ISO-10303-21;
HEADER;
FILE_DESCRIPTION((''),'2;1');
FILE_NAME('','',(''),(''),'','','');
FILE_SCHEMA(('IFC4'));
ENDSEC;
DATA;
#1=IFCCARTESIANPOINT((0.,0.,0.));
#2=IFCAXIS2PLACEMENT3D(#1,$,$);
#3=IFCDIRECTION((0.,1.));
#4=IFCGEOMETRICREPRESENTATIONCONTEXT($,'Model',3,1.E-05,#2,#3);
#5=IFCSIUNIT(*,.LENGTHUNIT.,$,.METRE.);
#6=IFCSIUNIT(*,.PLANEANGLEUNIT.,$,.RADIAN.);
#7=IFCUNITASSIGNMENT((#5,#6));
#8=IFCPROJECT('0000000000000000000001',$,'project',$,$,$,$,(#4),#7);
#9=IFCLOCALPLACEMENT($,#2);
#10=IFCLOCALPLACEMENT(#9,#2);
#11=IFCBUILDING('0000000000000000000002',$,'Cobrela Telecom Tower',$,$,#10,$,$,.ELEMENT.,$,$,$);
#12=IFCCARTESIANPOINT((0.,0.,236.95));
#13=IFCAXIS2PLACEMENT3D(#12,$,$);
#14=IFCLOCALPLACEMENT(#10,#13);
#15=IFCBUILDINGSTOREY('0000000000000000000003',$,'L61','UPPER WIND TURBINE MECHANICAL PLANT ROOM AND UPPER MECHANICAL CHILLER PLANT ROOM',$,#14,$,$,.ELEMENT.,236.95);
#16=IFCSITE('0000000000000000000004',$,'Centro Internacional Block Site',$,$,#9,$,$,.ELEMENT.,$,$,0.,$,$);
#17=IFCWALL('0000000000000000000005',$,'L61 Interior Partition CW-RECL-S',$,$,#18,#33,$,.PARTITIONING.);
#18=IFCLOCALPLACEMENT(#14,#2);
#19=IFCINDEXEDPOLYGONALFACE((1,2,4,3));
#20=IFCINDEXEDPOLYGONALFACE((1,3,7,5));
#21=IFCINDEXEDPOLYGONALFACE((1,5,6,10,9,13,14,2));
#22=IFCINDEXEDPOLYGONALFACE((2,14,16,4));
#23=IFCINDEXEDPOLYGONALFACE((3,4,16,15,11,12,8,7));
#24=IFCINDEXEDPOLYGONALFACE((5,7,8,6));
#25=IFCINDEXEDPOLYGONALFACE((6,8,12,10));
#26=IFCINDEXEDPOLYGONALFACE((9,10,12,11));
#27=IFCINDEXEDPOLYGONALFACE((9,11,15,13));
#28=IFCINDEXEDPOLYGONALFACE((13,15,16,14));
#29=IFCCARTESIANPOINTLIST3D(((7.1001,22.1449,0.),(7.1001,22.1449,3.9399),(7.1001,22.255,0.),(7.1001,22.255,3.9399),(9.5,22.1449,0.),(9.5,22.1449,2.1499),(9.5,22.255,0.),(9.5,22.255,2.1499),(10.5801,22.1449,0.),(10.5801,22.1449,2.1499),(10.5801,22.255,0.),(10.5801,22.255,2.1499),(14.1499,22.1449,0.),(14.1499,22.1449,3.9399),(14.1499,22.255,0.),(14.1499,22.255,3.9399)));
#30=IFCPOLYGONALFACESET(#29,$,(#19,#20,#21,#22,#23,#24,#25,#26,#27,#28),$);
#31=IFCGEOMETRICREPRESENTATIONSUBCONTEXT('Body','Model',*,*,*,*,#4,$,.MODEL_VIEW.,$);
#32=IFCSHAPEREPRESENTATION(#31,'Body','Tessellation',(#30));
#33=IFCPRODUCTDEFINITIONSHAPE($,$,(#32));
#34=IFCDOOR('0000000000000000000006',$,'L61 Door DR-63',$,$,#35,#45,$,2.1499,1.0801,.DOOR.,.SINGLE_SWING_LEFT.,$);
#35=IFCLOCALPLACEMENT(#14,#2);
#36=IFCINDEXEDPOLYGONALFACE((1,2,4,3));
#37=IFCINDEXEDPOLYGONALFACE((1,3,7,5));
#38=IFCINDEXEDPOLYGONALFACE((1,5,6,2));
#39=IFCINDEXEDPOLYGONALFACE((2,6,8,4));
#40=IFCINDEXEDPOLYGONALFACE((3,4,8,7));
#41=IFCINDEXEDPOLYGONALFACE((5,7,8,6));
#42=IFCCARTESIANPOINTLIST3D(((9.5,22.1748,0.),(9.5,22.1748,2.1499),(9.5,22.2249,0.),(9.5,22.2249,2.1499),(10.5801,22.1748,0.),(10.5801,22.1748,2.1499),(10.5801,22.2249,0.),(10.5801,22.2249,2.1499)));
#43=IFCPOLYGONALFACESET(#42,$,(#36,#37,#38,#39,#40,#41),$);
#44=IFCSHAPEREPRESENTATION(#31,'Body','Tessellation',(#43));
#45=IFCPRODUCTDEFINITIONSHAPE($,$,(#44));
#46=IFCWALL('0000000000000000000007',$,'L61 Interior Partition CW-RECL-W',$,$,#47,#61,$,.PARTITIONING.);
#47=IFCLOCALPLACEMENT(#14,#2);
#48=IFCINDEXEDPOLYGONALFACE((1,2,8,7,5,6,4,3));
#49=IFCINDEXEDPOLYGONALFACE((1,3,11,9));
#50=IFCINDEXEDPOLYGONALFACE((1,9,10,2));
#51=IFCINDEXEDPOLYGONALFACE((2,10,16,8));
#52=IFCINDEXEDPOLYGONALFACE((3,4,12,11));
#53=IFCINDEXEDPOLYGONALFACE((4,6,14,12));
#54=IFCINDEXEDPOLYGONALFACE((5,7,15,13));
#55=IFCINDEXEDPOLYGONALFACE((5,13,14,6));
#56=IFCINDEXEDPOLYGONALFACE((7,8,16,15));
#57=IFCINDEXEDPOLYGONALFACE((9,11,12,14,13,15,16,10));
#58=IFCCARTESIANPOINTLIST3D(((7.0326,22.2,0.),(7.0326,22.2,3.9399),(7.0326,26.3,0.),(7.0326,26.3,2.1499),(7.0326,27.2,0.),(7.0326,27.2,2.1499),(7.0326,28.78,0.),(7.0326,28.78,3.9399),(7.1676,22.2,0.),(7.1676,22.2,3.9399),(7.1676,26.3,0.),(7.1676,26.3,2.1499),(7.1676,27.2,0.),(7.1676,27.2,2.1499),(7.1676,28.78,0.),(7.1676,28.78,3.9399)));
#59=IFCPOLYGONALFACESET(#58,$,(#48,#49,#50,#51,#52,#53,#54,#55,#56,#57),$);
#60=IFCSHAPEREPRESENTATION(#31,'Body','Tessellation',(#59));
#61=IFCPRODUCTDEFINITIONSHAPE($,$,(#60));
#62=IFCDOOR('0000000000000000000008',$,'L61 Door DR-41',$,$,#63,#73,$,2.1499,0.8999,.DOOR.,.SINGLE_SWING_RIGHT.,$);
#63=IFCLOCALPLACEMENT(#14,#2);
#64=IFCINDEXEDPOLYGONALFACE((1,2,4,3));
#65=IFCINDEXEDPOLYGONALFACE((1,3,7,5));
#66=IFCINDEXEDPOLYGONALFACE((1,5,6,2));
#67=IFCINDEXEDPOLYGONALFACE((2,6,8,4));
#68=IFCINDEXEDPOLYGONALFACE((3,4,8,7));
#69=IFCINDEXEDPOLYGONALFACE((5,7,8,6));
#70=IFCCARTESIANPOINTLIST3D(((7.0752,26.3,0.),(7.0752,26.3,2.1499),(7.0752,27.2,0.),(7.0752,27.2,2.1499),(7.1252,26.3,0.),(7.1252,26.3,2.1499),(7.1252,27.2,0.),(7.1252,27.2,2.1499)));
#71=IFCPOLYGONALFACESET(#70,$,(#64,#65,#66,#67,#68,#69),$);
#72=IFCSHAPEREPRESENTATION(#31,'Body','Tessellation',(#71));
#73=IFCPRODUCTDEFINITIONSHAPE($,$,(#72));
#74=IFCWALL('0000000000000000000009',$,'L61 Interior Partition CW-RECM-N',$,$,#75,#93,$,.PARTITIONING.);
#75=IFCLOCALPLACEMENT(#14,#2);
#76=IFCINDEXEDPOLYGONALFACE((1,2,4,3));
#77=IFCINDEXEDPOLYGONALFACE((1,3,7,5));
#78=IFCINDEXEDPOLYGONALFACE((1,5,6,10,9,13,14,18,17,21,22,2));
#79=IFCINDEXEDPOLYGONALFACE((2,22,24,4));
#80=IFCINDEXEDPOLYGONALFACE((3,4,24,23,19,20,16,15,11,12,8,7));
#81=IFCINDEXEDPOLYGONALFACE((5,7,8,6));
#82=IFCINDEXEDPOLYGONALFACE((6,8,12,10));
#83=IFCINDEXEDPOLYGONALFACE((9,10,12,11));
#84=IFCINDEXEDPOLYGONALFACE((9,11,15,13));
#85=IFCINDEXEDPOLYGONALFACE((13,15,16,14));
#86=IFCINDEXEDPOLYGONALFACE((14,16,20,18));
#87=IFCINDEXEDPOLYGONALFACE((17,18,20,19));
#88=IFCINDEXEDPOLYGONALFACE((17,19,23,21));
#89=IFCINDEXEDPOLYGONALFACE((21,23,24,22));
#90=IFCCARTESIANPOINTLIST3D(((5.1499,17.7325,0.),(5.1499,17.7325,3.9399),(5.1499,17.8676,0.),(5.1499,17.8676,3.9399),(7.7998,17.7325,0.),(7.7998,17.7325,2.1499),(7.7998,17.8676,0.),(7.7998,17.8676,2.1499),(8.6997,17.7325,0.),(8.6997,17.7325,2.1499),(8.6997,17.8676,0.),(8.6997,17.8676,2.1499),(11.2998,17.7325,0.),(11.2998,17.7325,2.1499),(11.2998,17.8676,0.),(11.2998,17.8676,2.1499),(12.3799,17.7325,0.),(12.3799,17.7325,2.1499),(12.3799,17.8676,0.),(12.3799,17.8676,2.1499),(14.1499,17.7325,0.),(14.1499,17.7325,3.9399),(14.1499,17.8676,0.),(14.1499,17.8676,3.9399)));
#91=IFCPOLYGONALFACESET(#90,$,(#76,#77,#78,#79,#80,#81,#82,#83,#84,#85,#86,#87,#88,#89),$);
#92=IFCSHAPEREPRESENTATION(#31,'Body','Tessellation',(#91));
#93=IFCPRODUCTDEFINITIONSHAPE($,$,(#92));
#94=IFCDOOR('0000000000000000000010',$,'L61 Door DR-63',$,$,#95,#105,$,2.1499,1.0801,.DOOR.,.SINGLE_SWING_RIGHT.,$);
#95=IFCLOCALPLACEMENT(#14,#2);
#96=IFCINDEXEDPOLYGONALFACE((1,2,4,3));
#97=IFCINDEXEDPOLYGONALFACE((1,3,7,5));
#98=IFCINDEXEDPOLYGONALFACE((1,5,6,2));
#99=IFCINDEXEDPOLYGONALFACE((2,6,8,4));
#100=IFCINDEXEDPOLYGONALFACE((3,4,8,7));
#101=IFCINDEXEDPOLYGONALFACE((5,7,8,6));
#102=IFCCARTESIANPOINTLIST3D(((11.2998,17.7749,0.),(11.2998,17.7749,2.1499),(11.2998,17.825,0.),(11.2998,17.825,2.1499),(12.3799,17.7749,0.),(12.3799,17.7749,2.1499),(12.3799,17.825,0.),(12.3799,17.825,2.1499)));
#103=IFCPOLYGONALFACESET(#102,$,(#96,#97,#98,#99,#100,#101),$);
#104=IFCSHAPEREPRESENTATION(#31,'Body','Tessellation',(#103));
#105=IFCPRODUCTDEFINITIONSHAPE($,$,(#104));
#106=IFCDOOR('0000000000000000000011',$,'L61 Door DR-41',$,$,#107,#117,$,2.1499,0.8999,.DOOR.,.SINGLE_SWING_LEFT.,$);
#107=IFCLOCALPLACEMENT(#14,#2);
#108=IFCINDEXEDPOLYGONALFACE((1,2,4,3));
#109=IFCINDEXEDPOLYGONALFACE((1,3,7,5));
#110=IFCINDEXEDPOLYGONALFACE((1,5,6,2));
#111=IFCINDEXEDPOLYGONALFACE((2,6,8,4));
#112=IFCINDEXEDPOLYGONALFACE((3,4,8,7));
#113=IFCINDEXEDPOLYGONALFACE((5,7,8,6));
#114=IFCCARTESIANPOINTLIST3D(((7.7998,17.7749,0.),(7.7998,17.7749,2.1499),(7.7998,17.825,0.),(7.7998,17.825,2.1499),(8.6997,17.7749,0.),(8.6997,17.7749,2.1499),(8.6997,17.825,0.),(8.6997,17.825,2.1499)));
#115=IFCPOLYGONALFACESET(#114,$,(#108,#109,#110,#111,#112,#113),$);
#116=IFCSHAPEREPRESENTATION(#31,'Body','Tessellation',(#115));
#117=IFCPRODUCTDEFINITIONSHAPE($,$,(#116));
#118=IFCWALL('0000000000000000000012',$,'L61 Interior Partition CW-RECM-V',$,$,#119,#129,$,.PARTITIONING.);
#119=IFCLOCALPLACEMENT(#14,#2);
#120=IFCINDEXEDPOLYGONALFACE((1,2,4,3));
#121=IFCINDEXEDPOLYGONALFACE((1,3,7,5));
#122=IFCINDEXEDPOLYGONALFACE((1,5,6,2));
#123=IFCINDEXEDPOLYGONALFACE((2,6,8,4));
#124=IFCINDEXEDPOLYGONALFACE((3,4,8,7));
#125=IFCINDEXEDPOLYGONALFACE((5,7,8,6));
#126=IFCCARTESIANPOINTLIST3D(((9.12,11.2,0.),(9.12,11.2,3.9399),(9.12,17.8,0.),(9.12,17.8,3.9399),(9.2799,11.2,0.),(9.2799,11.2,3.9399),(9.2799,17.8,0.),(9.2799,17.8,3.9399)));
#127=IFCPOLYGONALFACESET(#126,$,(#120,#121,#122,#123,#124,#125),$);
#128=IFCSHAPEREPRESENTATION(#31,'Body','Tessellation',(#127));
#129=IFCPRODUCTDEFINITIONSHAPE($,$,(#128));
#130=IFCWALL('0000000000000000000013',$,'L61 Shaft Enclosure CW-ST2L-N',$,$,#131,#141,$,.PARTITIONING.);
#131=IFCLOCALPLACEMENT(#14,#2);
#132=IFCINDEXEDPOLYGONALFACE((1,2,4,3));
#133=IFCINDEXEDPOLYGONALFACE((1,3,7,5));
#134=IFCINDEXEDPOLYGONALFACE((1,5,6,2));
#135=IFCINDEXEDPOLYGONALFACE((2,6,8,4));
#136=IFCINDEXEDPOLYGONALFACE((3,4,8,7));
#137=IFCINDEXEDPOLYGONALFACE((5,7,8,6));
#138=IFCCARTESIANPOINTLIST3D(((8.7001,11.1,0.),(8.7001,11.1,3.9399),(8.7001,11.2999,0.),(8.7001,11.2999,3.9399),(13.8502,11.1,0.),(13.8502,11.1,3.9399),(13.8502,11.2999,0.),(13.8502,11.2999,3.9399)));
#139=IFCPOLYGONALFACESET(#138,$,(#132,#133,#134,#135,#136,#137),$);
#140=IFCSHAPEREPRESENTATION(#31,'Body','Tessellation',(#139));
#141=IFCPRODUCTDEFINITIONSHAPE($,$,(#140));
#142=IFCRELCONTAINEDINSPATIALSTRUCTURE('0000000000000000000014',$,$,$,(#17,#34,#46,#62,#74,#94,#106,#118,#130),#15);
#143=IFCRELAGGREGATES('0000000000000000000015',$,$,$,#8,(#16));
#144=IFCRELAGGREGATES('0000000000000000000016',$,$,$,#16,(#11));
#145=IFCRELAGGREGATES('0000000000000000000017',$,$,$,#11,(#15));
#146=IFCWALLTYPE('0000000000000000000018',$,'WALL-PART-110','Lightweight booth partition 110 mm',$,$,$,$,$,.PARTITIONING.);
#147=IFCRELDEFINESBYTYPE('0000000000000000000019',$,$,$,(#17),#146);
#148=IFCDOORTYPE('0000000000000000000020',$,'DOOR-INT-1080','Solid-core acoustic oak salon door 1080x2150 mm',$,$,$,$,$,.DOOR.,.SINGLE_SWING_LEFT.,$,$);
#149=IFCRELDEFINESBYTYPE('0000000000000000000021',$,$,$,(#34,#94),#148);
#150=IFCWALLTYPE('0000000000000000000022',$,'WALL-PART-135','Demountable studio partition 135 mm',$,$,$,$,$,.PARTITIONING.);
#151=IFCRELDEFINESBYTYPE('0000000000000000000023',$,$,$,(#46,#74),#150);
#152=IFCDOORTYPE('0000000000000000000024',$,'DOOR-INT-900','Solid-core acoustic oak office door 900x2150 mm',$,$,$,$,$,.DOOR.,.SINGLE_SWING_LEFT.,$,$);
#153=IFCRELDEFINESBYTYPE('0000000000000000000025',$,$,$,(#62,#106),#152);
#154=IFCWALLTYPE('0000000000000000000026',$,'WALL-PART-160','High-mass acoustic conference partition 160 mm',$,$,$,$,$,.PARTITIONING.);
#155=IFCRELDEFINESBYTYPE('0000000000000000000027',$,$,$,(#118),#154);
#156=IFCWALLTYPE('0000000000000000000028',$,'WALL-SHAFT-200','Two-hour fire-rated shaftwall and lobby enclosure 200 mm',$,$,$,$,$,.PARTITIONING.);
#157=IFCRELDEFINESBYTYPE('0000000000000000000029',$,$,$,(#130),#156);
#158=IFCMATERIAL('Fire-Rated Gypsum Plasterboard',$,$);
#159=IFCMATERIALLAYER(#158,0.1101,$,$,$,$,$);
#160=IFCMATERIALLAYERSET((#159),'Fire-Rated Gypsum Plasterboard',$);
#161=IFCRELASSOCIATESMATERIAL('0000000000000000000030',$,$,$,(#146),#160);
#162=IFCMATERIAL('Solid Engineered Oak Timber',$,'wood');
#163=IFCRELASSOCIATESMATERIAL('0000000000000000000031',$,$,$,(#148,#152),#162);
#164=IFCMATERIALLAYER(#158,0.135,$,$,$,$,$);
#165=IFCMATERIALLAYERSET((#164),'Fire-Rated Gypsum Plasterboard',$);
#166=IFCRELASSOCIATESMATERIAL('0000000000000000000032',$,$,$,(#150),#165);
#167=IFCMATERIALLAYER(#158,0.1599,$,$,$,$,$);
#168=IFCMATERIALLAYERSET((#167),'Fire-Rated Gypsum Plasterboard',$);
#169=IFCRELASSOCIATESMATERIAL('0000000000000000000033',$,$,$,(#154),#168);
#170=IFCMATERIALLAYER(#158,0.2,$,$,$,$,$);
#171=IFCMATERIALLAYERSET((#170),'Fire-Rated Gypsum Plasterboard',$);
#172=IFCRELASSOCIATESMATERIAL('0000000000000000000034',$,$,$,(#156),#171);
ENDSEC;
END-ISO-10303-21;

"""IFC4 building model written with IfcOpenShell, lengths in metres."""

from ifc_helpers import new_model, si_unit, direction, frame, frame_2d, origin, place, context, subcontext, project, spatial, rectangle, extrude, material, layer, layer_set, type_object, element, fill, save


model = new_model("IFC4")

# Units and contexts
model_context = context("Model", 3, precision=1e-05, world=origin(), true_north=direction((0.0, 1.0)))
body_context = subcontext(model_context, "Body", "Model", "MODEL_VIEW")
ifc_project = project(units=[si_unit("LENGTHUNIT", "METRE"), si_unit("PLANEANGLEUNIT", "RADIAN")], contexts=[model_context])

# Site, building, storey
site_placement = place(None, origin())
site = spatial("IfcSite", under=ifc_project, at=site_placement, Name="Centro Internacional Block Site", CompositionType="ELEMENT", RefElevation=0.0)
building_placement = place(site_placement, origin())
building = spatial("IfcBuilding", under=site, at=building_placement, Name="Cobrela Telecom Tower", CompositionType="ELEMENT")
storey_placement = place(building_placement, frame((0.0, 0.0, 236.95)))
storey = spatial("IfcBuildingStorey", under=building, at=storey_placement, Name="L61", Description="UPPER WIND TURBINE MECHANICAL PLANT ROOM AND UPPER MECHANICAL CHILLER PLANT ROOM", CompositionType="ELEMENT", Elevation=236.95)

# Walls, openings, doors
ifc_material_1 = material(Name="Fire-Rated Gypsum Plasterboard")
ifc_layer_1 = layer(ifc_material_1, 0.1101)
ifc_layer_set_1 = layer_set([ifc_layer_1], Name="Fire-Rated Gypsum Plasterboard")
wall_type_1 = type_object("IfcWallType", Name="WALL-PART-110", Description="Lightweight booth partition 110 mm", PredefinedType="PARTITIONING", material=ifc_layer_set_1)
wall_1_placement = place(storey_placement, frame((7.1001, 22.2, 0.0), z_axis=(0.0, 0.0, 1.0), x_axis=(1.0, 0.0, 0.0)))
wall_1 = element("IfcWall", 1, at=wall_1_placement, inside=storey, type_object=wall_type_1, Name="L61 Interior Partition CW-RECL-S", PredefinedType="PARTITIONING", context=body_context, shape_type="SweptSolid", body=[
    extrude(rectangle(XDim=7.0498, YDim=0.1101, at=frame_2d((3.5249, 0.0))), origin(), (0.0, 0.0, 1.0), 3.9399),
])
opening_1_placement = place(wall_1_placement, frame((2.3999, 0.0, 0.0)))
opening_1 = element("IfcOpeningElement", 2, at=opening_1_placement, cuts=wall_1, PredefinedType="OPENING", context=body_context, shape_type="SweptSolid", body=[
    extrude(rectangle(XDim=1.0801, YDim=2.1499, at=frame_2d((0.54, 1.075))), frame((0.0, 0.0669, 0.0), z_axis=(0.0, -1.0, 0.0), x_axis=(1.0, 0.0, 0.0)), (0.0, 0.0, 1.0), 0.134),
])
ifc_material_2 = material(Name="Solid Engineered Oak Timber", Category="wood")
door_type_1 = type_object("IfcDoorType", Name="DOOR-INT-1080", Description="Solid-core acoustic oak salon door 1080x2150 mm", OperationType="SINGLE_SWING_LEFT", PredefinedType="DOOR", material=ifc_material_2)
door_1_placement = place(opening_1_placement, origin())
door_1 = element("IfcDoor", 3, at=door_1_placement, inside=storey, type_object=door_type_1, Name="L61 Door DR-63", OperationType="SINGLE_SWING_LEFT", OverallHeight=2.1499, OverallWidth=1.0801, PredefinedType="DOOR", context=body_context, shape_type="SweptSolid", body=[
    extrude(rectangle(XDim=1.0801, YDim=2.1499, at=frame_2d((0.54, 1.075))), frame((0.0, 0.0249, 0.0), z_axis=(0.0, -1.0, 0.0), x_axis=(1.0, 0.0, 0.0)), (0.0, 0.0, 1.0), 0.05),
])
fill(opening_1, door_1)
ifc_layer_2 = layer(ifc_material_1, 0.135)
ifc_layer_set_2 = layer_set([ifc_layer_2], Name="Fire-Rated Gypsum Plasterboard")
wall_type_2 = type_object("IfcWallType", Name="WALL-PART-135", Description="Demountable studio partition 135 mm", PredefinedType="PARTITIONING", material=ifc_layer_set_2)
wall_2_placement = place(storey_placement, frame((7.1001, 22.2, 0.0), z_axis=(0.0, 0.0, 1.0), x_axis=(0.0, 1.0, 0.0)))
wall_2 = element("IfcWall", 4, at=wall_2_placement, inside=storey, type_object=wall_type_2, Name="L61 Interior Partition CW-RECL-W", PredefinedType="PARTITIONING", context=body_context, shape_type="SweptSolid", body=[
    extrude(rectangle(XDim=6.5801, YDim=0.135, at=frame_2d((3.29, 0.0))), origin(), (0.0, 0.0, 1.0), 3.9399),
])
opening_2_placement = place(wall_2_placement, frame((4.1001, 0.0, 0.0)))
opening_2 = element("IfcOpeningElement", 5, at=opening_2_placement, cuts=wall_2, PredefinedType="OPENING", context=body_context, shape_type="SweptSolid", body=[
    extrude(rectangle(XDim=0.8999, YDim=2.1499, at=frame_2d((0.45, 1.075))), frame((0.0, 0.0796, 0.0), z_axis=(0.0, -1.0, 0.0), x_axis=(1.0, 0.0, 0.0)), (0.0, 0.0, 1.0), 0.1589),
])
door_type_2 = type_object("IfcDoorType", Name="DOOR-INT-900", Description="Solid-core acoustic oak office door 900x2150 mm", OperationType="SINGLE_SWING_LEFT", PredefinedType="DOOR", material=ifc_material_2)
door_2_placement = place(opening_2_placement, origin())
door_2 = element("IfcDoor", 6, at=door_2_placement, inside=storey, type_object=door_type_2, Name="L61 Door DR-41", OperationType="SINGLE_SWING_RIGHT", OverallHeight=2.1499, OverallWidth=0.8999, PredefinedType="DOOR", context=body_context, shape_type="SweptSolid", body=[
    extrude(rectangle(XDim=0.8999, YDim=2.1499, at=frame_2d((0.45, 1.075))), frame((0.0, 0.0249, 0.0), z_axis=(0.0, -1.0, 0.0), x_axis=(1.0, 0.0, 0.0)), (0.0, 0.0, 1.0), 0.05),
])
fill(opening_2, door_2)

# Wall, openings, doors
wall_3_placement = place(storey_placement, frame((5.1499, 17.8, 0.0), z_axis=(0.0, 0.0, 1.0), x_axis=(1.0, 0.0, 0.0)))
wall_3 = element("IfcWall", 7, at=wall_3_placement, inside=storey, type_object=wall_type_2, Name="L61 Interior Partition CW-RECM-N", PredefinedType="PARTITIONING", context=body_context, shape_type="SweptSolid", body=[
    extrude(rectangle(XDim=9.0, YDim=0.135, at=frame_2d((4.5, 0.0))), origin(), (0.0, 0.0, 1.0), 3.9399),
])
opening_3_placement = place(wall_3_placement, frame((2.6499, 0.0, 0.0)))
opening_3 = element("IfcOpeningElement", 8, at=opening_3_placement, cuts=wall_3, PredefinedType="OPENING", context=body_context, shape_type="SweptSolid", body=[
    extrude(rectangle(XDim=0.8999, YDim=2.1499, at=frame_2d((0.45, 1.075))), frame((0.0, 0.0796, 0.0), z_axis=(0.0, -1.0, 0.0), x_axis=(1.0, 0.0, 0.0)), (0.0, 0.0, 1.0), 0.1589),
])
opening_4_placement = place(wall_3_placement, frame((6.1499, 0.0, 0.0)))
opening_4 = element("IfcOpeningElement", 9, at=opening_4_placement, cuts=wall_3, PredefinedType="OPENING", context=body_context, shape_type="SweptSolid", body=[
    extrude(rectangle(XDim=1.0801, YDim=2.1499, at=frame_2d((0.54, 1.075))), frame((0.0, 0.0796, 0.0), z_axis=(0.0, -1.0, 0.0), x_axis=(1.0, 0.0, 0.0)), (0.0, 0.0, 1.0), 0.1589),
])
door_3_placement = place(opening_4_placement, origin())
door_3 = element("IfcDoor", 10, at=door_3_placement, inside=storey, type_object=door_type_1, Name="L61 Door DR-63", OperationType="SINGLE_SWING_RIGHT", OverallHeight=2.1499, OverallWidth=1.0801, PredefinedType="DOOR", context=body_context, shape_type="SweptSolid", body=[
    extrude(rectangle(XDim=1.0801, YDim=2.1499, at=frame_2d((0.54, 1.075))), frame((0.0, 0.0249, 0.0), z_axis=(0.0, -1.0, 0.0), x_axis=(1.0, 0.0, 0.0)), (0.0, 0.0, 1.0), 0.05),
])
fill(opening_4, door_3)
door_4_placement = place(opening_3_placement, origin())
door_4 = element("IfcDoor", 11, at=door_4_placement, inside=storey, type_object=door_type_2, Name="L61 Door DR-41", OperationType="SINGLE_SWING_LEFT", OverallHeight=2.1499, OverallWidth=0.8999, PredefinedType="DOOR", context=body_context, shape_type="SweptSolid", body=[
    extrude(rectangle(XDim=0.8999, YDim=2.1499, at=frame_2d((0.45, 1.075))), frame((0.0, 0.0249, 0.0), z_axis=(0.0, -1.0, 0.0), x_axis=(1.0, 0.0, 0.0)), (0.0, 0.0, 1.0), 0.05),
])
fill(opening_3, door_4)

# Walls
ifc_layer_3 = layer(ifc_material_1, 0.1599)
ifc_layer_set_3 = layer_set([ifc_layer_3], Name="Fire-Rated Gypsum Plasterboard")
wall_type_3 = type_object("IfcWallType", Name="WALL-PART-160", Description="High-mass acoustic conference partition 160 mm", PredefinedType="PARTITIONING", material=ifc_layer_set_3)
wall_4_placement = place(storey_placement, frame((9.2, 11.2, 0.0), z_axis=(0.0, 0.0, 1.0), x_axis=(0.0, 1.0, 0.0)))
element("IfcWall", 12, at=wall_4_placement, inside=storey, type_object=wall_type_3, Name="L61 Interior Partition CW-RECM-V", PredefinedType="PARTITIONING", context=body_context, shape_type="SweptSolid", body=[
    extrude(rectangle(XDim=6.6001, YDim=0.1599, at=frame_2d((3.3, 0.0))), origin(), (0.0, 0.0, 1.0), 3.9399),
])
ifc_layer_4 = layer(ifc_material_1, 0.2)
ifc_layer_set_4 = layer_set([ifc_layer_4], Name="Fire-Rated Gypsum Plasterboard")
wall_type_4 = type_object("IfcWallType", Name="WALL-SHAFT-200", Description="Two-hour fire-rated shaftwall and lobby enclosure 200 mm", PredefinedType="PARTITIONING", material=ifc_layer_set_4)
wall_5_placement = place(storey_placement, frame((8.7, 11.2, 0.0), z_axis=(0.0, 0.0, 1.0), x_axis=(1.0, 0.0, 0.0)))
element("IfcWall", 13, at=wall_5_placement, inside=storey, type_object=wall_type_4, Name="L61 Shaft Enclosure CW-ST2L-N", PredefinedType="PARTITIONING", context=body_context, shape_type="SweptSolid", body=[
    extrude(rectangle(XDim=5.1501, YDim=0.2, at=frame_2d((2.5752, 0.0))), origin(), (0.0, 0.0, 1.0), 3.9399),
])

save(model, "model.ifc")
